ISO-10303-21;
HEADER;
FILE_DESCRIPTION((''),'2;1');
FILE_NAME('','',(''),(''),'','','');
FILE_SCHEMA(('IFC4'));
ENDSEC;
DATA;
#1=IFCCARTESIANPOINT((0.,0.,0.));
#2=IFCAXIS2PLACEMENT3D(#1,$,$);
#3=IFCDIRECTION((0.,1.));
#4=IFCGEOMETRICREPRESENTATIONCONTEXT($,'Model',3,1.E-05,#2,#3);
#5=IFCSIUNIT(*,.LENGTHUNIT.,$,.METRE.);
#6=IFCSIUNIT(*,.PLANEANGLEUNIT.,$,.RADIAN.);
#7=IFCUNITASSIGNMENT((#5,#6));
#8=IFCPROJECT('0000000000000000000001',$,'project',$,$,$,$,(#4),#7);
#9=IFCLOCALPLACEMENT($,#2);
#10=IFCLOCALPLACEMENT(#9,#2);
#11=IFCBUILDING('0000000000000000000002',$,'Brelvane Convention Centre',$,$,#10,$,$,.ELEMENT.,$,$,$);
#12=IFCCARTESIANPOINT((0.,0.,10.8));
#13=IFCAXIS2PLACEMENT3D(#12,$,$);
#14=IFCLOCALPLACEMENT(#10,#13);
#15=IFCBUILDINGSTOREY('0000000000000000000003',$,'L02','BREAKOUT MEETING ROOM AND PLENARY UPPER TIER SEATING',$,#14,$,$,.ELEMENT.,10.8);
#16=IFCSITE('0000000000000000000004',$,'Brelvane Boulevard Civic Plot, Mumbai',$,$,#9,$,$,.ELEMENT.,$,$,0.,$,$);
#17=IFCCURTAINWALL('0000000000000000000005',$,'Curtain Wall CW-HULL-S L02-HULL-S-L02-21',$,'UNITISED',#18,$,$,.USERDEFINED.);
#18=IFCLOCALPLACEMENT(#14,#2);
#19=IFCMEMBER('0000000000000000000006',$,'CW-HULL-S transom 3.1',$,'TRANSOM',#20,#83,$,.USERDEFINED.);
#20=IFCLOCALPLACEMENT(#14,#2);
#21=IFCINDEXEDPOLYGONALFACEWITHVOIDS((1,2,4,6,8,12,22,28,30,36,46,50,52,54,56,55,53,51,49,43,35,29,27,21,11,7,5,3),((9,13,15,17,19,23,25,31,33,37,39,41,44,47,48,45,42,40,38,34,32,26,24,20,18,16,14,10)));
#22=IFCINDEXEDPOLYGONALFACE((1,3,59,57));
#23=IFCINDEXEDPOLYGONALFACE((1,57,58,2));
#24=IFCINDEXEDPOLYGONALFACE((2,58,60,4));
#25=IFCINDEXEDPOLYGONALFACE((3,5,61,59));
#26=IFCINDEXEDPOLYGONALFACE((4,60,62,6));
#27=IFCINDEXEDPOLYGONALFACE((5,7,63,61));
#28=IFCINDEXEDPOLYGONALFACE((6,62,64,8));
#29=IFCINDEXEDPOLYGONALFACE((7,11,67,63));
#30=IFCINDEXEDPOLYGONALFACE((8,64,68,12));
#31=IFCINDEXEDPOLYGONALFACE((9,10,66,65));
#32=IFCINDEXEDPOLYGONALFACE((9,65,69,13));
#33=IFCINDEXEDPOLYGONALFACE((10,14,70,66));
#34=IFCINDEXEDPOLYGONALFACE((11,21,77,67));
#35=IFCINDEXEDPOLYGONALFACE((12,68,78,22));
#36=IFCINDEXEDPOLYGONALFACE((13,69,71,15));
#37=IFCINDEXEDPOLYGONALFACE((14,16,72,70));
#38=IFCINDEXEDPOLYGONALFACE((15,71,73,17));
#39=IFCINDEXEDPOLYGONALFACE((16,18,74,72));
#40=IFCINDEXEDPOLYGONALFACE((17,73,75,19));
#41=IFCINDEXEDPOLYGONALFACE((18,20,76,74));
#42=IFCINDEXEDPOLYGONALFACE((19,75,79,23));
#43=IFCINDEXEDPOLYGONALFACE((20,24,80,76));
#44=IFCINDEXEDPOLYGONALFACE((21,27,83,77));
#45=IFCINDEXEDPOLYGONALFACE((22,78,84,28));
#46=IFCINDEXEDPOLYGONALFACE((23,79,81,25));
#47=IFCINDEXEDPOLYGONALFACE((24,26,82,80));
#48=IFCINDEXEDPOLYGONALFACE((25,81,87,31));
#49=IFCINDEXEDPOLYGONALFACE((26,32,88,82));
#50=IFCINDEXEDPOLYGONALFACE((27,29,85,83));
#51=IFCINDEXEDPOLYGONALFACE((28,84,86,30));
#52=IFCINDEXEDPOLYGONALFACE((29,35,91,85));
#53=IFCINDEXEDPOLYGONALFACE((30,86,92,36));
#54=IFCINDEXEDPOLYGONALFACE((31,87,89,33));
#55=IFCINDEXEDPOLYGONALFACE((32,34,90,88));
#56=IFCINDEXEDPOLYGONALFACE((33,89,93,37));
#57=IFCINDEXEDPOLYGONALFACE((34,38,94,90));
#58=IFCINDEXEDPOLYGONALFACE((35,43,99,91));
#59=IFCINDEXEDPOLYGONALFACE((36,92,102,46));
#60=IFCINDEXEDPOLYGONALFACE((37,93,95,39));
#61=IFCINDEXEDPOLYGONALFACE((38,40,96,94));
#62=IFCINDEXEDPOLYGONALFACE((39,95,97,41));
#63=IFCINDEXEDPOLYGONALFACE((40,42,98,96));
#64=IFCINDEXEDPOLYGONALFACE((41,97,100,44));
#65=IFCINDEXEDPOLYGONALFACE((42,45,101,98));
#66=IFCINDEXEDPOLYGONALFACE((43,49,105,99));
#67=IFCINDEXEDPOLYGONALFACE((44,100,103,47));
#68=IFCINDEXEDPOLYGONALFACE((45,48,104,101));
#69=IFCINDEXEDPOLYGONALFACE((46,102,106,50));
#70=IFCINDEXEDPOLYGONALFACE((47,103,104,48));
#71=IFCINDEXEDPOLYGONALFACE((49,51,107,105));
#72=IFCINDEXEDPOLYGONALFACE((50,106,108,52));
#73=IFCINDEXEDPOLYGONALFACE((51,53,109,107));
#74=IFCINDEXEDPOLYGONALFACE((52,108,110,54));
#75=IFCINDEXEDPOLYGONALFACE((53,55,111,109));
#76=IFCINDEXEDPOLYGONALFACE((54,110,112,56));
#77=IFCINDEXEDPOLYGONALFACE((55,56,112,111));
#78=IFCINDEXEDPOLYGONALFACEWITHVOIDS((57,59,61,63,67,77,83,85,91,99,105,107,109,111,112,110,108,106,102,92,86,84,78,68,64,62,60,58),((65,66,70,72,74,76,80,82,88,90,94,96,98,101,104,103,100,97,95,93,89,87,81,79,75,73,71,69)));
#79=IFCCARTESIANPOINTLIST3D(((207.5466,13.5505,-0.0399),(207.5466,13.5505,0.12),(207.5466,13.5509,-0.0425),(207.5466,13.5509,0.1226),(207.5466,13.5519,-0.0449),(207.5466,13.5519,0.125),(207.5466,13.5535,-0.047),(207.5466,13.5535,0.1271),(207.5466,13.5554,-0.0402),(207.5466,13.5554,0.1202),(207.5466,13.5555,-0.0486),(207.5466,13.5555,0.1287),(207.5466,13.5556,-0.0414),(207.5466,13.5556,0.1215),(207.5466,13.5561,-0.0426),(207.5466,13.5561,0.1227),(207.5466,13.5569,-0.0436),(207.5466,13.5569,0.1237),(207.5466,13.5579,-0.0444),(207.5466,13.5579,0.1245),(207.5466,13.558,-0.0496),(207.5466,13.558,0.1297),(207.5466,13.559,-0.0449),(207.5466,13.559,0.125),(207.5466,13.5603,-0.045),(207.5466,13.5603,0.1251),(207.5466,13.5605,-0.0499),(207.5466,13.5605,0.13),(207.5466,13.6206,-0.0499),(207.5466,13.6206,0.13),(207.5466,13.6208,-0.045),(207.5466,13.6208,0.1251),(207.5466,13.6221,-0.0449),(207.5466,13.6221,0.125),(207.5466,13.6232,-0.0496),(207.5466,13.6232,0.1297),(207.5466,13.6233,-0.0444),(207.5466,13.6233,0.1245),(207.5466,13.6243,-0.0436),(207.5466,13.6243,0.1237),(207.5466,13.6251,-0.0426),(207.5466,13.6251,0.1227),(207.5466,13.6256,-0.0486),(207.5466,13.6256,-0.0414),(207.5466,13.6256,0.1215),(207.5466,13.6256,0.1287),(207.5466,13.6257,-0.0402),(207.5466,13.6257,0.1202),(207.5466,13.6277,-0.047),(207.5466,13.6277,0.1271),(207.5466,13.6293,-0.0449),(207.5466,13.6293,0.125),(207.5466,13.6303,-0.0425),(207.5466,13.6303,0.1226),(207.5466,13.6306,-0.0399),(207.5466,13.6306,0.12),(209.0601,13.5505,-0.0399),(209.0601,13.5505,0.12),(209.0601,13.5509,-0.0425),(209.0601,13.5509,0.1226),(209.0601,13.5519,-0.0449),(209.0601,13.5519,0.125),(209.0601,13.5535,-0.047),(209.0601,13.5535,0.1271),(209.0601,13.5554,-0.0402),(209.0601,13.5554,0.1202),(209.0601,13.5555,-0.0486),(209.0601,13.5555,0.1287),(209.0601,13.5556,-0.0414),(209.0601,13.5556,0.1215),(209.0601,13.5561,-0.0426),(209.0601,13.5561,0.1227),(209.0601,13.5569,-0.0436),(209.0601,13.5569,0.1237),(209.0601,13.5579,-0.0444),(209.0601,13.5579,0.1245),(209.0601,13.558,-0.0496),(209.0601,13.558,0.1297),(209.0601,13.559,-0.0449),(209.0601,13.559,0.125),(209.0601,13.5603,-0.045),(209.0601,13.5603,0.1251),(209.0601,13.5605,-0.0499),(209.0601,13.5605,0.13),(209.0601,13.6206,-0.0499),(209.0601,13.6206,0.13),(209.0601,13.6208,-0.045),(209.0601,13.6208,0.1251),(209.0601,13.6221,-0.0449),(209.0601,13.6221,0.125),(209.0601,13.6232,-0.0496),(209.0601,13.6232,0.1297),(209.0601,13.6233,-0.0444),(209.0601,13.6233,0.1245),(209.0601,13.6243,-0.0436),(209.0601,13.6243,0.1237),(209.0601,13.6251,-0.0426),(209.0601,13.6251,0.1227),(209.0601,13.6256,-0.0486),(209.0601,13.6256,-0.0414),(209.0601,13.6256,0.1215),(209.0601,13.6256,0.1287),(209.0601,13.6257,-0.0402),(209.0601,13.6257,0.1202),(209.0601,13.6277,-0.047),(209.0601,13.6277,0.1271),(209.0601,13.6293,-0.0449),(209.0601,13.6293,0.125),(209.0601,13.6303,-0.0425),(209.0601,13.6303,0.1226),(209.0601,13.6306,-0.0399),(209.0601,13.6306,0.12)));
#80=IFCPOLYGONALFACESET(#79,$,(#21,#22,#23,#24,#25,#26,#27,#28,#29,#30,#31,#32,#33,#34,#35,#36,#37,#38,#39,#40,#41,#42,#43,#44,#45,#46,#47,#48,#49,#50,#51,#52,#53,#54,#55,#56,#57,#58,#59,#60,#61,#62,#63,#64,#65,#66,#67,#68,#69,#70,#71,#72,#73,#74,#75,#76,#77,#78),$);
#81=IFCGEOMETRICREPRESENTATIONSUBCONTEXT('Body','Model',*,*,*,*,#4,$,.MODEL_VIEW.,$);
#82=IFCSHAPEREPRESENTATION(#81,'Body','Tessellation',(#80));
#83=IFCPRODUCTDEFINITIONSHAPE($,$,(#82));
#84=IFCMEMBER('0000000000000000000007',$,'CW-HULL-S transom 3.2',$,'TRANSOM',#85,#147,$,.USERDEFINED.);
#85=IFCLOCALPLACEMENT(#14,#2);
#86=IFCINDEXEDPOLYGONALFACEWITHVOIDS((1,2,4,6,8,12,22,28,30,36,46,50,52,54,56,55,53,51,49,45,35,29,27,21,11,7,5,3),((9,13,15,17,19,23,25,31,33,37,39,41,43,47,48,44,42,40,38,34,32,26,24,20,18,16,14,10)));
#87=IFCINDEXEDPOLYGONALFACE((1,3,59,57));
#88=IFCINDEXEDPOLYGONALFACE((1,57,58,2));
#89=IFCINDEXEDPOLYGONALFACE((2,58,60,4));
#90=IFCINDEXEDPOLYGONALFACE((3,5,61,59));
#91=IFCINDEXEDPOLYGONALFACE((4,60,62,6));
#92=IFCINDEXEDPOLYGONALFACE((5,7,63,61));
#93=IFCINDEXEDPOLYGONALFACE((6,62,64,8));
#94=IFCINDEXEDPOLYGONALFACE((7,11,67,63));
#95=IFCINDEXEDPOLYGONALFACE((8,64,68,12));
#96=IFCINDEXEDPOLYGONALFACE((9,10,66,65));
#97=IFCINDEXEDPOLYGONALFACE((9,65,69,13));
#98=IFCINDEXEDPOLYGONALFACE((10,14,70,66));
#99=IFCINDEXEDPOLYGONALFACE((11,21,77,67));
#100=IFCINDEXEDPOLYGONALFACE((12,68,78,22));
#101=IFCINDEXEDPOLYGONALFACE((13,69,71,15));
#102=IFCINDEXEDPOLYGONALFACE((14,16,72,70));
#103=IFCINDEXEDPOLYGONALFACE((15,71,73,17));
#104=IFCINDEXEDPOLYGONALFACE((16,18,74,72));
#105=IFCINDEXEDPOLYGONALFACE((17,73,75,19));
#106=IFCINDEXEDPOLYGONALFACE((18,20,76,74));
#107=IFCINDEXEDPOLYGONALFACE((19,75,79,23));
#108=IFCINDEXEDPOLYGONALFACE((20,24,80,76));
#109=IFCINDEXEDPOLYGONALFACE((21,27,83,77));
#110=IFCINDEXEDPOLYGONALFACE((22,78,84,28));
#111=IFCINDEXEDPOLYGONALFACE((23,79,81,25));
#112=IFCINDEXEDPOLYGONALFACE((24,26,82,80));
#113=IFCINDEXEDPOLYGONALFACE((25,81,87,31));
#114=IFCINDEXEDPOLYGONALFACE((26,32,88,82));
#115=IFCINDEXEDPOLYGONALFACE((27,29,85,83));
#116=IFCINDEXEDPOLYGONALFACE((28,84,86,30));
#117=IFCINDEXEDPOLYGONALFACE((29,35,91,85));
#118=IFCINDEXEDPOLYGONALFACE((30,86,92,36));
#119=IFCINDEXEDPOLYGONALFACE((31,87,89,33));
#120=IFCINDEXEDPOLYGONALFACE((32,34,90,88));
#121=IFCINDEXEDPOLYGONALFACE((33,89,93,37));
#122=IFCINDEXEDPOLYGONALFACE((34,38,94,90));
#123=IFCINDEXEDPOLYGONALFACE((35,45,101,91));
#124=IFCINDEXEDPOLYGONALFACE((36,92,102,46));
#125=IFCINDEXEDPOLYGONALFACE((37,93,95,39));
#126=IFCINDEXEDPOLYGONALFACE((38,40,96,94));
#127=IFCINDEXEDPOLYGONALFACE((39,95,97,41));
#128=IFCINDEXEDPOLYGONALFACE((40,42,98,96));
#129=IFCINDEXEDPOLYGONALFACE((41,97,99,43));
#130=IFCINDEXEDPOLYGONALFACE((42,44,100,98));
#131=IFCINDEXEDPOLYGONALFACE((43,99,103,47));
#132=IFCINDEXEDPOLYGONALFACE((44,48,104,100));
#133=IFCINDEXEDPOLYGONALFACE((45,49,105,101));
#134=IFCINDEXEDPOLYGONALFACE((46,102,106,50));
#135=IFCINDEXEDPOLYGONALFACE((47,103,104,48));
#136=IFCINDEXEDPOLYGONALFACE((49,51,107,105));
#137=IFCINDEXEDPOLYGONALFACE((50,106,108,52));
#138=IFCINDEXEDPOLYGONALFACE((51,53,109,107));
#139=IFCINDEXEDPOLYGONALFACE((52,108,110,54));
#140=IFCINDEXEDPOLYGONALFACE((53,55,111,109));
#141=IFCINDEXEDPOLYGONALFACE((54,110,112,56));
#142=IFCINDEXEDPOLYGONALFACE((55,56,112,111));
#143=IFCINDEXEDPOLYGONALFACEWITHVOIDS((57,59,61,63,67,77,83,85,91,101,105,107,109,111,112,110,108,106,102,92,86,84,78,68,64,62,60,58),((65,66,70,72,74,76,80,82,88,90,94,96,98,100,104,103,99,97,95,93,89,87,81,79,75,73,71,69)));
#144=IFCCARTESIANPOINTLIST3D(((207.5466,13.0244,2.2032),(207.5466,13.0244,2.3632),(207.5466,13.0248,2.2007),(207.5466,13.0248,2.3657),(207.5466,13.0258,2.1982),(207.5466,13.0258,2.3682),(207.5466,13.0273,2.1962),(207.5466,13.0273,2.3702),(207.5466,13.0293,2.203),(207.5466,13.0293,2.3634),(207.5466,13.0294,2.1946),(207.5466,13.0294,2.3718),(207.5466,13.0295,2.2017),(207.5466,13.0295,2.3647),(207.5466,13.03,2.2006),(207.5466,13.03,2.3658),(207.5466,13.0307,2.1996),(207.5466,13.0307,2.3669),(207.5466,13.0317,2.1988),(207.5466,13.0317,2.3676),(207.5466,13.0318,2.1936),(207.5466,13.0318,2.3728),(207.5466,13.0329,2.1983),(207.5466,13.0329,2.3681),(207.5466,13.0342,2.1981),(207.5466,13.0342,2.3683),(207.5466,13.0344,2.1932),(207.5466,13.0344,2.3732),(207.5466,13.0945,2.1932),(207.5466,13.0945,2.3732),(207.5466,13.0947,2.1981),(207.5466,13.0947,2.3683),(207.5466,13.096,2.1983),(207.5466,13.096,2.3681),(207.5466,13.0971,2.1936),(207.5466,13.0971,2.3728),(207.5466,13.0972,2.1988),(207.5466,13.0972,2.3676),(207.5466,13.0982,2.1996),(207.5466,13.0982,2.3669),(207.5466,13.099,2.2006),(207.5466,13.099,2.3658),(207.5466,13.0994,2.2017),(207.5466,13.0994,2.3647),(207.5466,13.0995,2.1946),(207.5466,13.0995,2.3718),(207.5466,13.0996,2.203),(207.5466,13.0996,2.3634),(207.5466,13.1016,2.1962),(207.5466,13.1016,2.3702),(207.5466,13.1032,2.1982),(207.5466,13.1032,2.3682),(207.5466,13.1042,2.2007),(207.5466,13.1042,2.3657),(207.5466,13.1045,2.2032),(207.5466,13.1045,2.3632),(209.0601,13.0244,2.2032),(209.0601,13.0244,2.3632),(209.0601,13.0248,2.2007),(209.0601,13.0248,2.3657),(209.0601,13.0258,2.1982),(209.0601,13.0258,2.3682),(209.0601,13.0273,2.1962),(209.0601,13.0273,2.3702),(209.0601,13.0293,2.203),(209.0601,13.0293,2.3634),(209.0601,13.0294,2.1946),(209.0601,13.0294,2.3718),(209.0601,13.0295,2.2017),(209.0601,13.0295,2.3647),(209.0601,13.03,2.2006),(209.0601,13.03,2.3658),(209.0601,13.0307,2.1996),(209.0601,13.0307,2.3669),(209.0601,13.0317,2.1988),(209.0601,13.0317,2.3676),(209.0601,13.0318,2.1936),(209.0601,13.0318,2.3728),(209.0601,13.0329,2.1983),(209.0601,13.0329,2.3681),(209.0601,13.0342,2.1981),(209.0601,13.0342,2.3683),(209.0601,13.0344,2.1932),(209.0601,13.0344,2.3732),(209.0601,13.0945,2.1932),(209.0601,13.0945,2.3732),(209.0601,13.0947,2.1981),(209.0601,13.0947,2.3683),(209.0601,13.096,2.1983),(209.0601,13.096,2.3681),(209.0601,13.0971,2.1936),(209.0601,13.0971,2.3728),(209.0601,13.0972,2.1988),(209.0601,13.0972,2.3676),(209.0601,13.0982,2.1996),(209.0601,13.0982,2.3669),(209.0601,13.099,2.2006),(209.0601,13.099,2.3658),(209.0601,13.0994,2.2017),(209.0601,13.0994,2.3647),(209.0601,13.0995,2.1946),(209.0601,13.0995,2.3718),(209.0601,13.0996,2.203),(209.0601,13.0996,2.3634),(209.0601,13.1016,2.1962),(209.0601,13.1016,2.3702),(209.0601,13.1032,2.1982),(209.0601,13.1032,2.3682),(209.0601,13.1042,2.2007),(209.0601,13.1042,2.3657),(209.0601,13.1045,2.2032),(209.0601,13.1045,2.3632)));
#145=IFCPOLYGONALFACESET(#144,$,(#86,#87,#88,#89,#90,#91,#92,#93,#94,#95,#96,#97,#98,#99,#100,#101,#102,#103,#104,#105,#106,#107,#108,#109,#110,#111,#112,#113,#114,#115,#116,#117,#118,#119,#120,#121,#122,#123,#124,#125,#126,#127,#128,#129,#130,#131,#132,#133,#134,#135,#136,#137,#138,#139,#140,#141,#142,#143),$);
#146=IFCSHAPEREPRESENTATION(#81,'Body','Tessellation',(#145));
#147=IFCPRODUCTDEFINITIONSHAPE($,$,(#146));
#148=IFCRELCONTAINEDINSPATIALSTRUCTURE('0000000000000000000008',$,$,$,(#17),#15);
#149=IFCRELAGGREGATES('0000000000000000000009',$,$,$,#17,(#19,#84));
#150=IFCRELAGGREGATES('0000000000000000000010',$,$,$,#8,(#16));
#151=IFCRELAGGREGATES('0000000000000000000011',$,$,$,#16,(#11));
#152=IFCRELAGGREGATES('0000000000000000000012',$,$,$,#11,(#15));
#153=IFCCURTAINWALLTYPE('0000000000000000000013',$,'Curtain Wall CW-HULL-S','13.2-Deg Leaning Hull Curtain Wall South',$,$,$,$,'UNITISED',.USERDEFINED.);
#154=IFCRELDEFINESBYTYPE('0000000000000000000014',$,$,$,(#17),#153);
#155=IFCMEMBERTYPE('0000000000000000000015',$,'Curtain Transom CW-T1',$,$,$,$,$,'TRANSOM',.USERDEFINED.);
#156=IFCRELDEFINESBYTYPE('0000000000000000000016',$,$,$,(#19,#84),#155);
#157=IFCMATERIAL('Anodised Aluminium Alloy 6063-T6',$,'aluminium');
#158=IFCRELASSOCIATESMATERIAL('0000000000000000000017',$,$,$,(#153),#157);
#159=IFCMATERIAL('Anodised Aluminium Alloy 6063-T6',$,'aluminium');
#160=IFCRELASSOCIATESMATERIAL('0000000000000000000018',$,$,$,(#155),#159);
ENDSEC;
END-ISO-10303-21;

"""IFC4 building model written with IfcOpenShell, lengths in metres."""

from ifc_helpers import new_model, si_unit, direction, frame, origin, origin_2d, place, context, subcontext, project, spatial, hollow_rectangle, extrude, material, material_profile, profile_set, type_object, element, aggregate, save


model = new_model("IFC4")

# Units and contexts
model_context = context("Model", 3, precision=1e-05, world=origin(), true_north=direction((0.0, 1.0)))
body_context = subcontext(model_context, "Body", "Model", "MODEL_VIEW")
ifc_project = project(units=[si_unit("LENGTHUNIT", "METRE"), si_unit("PLANEANGLEUNIT", "RADIAN")], contexts=[model_context])

# Site, building, storey
site_placement = place(None, origin())
site = spatial("IfcSite", under=ifc_project, at=site_placement, Name="Brelvane Boulevard Civic Plot, Mumbai", CompositionType="ELEMENT", RefElevation=0.0)
building_placement = place(site_placement, origin())
building = spatial("IfcBuilding", under=site, at=building_placement, Name="Brelvane Convention Centre", CompositionType="ELEMENT")
storey_placement = place(building_placement, frame((0.0, 0.0, 10.8)))
storey = spatial("IfcBuildingStorey", under=building, at=storey_placement, Name="L02", Description="BREAKOUT MEETING ROOM AND PLENARY UPPER TIER SEATING", CompositionType="ELEMENT", Elevation=10.8)

# Curtain wall, members
ifc_material_1 = material(Name="Anodised Aluminium Alloy 6063-T6", Category="aluminium")
curtain_wall_type = type_object("IfcCurtainWallType", Name="Curtain Wall CW-HULL-S", Description="13.2-Deg Leaning Hull Curtain Wall South", ElementType="UNITISED", PredefinedType="USERDEFINED", material=ifc_material_1)
curtain_wall_placement = place(storey_placement, origin())
curtain_wall = element("IfcCurtainWall", 1, at=curtain_wall_placement, inside=storey, type_object=curtain_wall_type, Name="Curtain Wall CW-HULL-S L02-HULL-S-L02-21", ObjectType="UNITISED", PredefinedType="USERDEFINED")
ifc_material_2 = material(Name="Anodised Aluminium Alloy 6063-T6", Category="aluminium")
ifc_material_profile_1 = material_profile(ifc_material_2, hollow_rectangle(XDim=0.0801, YDim=0.1799, WallThickness=0.0049, InnerFilletRadius=0.0049, OuterFilletRadius=0.01, at=origin_2d()), Name="ALU-T 180x80x5.0")
ifc_profile_set_1 = profile_set([ifc_material_profile_1], Name="Anodised Aluminium Alloy 6063-T6")
member_type_1 = type_object("IfcMemberType", Name="Curtain Transom CW-T1", ElementType="TRANSOM", PredefinedType="USERDEFINED", material=ifc_profile_set_1)
member_1_placement = place(storey_placement, frame((207.5466, 13.5906, 0.04), z_axis=(1.0, 0.0, 0.0), x_axis=(0.0, 1.0, 0.0)))
member_1 = element("IfcMember", 2, at=member_1_placement, type_object=member_type_1, Name="CW-HULL-S transom 3.1", ObjectType="TRANSOM", PredefinedType="USERDEFINED", context=body_context, shape_type="SweptSolid", body=[
    extrude(hollow_rectangle(XDim=0.0801, YDim=0.1799, WallThickness=0.0049, InnerFilletRadius=0.0049, OuterFilletRadius=0.01, at=origin_2d()), origin(), (0.0, 0.0, 1.0), 1.5134),
])
member_2_placement = place(storey_placement, frame((207.5466, 13.0645, 2.2832), z_axis=(1.0, 0.0, 0.0), x_axis=(0.0, 1.0, 0.0)))
member_2 = element("IfcMember", 3, at=member_2_placement, type_object=member_type_1, Name="CW-HULL-S transom 3.2", ObjectType="TRANSOM", PredefinedType="USERDEFINED", context=body_context, shape_type="SweptSolid", body=[
    extrude(hollow_rectangle(XDim=0.0801, YDim=0.1799, WallThickness=0.0049, InnerFilletRadius=0.0049, OuterFilletRadius=0.01, at=origin_2d()), origin(), (0.0, 0.0, 1.0), 1.5134),
])

aggregate(curtain_wall, [member_1, member_2])

save(model, "model.ifc")
